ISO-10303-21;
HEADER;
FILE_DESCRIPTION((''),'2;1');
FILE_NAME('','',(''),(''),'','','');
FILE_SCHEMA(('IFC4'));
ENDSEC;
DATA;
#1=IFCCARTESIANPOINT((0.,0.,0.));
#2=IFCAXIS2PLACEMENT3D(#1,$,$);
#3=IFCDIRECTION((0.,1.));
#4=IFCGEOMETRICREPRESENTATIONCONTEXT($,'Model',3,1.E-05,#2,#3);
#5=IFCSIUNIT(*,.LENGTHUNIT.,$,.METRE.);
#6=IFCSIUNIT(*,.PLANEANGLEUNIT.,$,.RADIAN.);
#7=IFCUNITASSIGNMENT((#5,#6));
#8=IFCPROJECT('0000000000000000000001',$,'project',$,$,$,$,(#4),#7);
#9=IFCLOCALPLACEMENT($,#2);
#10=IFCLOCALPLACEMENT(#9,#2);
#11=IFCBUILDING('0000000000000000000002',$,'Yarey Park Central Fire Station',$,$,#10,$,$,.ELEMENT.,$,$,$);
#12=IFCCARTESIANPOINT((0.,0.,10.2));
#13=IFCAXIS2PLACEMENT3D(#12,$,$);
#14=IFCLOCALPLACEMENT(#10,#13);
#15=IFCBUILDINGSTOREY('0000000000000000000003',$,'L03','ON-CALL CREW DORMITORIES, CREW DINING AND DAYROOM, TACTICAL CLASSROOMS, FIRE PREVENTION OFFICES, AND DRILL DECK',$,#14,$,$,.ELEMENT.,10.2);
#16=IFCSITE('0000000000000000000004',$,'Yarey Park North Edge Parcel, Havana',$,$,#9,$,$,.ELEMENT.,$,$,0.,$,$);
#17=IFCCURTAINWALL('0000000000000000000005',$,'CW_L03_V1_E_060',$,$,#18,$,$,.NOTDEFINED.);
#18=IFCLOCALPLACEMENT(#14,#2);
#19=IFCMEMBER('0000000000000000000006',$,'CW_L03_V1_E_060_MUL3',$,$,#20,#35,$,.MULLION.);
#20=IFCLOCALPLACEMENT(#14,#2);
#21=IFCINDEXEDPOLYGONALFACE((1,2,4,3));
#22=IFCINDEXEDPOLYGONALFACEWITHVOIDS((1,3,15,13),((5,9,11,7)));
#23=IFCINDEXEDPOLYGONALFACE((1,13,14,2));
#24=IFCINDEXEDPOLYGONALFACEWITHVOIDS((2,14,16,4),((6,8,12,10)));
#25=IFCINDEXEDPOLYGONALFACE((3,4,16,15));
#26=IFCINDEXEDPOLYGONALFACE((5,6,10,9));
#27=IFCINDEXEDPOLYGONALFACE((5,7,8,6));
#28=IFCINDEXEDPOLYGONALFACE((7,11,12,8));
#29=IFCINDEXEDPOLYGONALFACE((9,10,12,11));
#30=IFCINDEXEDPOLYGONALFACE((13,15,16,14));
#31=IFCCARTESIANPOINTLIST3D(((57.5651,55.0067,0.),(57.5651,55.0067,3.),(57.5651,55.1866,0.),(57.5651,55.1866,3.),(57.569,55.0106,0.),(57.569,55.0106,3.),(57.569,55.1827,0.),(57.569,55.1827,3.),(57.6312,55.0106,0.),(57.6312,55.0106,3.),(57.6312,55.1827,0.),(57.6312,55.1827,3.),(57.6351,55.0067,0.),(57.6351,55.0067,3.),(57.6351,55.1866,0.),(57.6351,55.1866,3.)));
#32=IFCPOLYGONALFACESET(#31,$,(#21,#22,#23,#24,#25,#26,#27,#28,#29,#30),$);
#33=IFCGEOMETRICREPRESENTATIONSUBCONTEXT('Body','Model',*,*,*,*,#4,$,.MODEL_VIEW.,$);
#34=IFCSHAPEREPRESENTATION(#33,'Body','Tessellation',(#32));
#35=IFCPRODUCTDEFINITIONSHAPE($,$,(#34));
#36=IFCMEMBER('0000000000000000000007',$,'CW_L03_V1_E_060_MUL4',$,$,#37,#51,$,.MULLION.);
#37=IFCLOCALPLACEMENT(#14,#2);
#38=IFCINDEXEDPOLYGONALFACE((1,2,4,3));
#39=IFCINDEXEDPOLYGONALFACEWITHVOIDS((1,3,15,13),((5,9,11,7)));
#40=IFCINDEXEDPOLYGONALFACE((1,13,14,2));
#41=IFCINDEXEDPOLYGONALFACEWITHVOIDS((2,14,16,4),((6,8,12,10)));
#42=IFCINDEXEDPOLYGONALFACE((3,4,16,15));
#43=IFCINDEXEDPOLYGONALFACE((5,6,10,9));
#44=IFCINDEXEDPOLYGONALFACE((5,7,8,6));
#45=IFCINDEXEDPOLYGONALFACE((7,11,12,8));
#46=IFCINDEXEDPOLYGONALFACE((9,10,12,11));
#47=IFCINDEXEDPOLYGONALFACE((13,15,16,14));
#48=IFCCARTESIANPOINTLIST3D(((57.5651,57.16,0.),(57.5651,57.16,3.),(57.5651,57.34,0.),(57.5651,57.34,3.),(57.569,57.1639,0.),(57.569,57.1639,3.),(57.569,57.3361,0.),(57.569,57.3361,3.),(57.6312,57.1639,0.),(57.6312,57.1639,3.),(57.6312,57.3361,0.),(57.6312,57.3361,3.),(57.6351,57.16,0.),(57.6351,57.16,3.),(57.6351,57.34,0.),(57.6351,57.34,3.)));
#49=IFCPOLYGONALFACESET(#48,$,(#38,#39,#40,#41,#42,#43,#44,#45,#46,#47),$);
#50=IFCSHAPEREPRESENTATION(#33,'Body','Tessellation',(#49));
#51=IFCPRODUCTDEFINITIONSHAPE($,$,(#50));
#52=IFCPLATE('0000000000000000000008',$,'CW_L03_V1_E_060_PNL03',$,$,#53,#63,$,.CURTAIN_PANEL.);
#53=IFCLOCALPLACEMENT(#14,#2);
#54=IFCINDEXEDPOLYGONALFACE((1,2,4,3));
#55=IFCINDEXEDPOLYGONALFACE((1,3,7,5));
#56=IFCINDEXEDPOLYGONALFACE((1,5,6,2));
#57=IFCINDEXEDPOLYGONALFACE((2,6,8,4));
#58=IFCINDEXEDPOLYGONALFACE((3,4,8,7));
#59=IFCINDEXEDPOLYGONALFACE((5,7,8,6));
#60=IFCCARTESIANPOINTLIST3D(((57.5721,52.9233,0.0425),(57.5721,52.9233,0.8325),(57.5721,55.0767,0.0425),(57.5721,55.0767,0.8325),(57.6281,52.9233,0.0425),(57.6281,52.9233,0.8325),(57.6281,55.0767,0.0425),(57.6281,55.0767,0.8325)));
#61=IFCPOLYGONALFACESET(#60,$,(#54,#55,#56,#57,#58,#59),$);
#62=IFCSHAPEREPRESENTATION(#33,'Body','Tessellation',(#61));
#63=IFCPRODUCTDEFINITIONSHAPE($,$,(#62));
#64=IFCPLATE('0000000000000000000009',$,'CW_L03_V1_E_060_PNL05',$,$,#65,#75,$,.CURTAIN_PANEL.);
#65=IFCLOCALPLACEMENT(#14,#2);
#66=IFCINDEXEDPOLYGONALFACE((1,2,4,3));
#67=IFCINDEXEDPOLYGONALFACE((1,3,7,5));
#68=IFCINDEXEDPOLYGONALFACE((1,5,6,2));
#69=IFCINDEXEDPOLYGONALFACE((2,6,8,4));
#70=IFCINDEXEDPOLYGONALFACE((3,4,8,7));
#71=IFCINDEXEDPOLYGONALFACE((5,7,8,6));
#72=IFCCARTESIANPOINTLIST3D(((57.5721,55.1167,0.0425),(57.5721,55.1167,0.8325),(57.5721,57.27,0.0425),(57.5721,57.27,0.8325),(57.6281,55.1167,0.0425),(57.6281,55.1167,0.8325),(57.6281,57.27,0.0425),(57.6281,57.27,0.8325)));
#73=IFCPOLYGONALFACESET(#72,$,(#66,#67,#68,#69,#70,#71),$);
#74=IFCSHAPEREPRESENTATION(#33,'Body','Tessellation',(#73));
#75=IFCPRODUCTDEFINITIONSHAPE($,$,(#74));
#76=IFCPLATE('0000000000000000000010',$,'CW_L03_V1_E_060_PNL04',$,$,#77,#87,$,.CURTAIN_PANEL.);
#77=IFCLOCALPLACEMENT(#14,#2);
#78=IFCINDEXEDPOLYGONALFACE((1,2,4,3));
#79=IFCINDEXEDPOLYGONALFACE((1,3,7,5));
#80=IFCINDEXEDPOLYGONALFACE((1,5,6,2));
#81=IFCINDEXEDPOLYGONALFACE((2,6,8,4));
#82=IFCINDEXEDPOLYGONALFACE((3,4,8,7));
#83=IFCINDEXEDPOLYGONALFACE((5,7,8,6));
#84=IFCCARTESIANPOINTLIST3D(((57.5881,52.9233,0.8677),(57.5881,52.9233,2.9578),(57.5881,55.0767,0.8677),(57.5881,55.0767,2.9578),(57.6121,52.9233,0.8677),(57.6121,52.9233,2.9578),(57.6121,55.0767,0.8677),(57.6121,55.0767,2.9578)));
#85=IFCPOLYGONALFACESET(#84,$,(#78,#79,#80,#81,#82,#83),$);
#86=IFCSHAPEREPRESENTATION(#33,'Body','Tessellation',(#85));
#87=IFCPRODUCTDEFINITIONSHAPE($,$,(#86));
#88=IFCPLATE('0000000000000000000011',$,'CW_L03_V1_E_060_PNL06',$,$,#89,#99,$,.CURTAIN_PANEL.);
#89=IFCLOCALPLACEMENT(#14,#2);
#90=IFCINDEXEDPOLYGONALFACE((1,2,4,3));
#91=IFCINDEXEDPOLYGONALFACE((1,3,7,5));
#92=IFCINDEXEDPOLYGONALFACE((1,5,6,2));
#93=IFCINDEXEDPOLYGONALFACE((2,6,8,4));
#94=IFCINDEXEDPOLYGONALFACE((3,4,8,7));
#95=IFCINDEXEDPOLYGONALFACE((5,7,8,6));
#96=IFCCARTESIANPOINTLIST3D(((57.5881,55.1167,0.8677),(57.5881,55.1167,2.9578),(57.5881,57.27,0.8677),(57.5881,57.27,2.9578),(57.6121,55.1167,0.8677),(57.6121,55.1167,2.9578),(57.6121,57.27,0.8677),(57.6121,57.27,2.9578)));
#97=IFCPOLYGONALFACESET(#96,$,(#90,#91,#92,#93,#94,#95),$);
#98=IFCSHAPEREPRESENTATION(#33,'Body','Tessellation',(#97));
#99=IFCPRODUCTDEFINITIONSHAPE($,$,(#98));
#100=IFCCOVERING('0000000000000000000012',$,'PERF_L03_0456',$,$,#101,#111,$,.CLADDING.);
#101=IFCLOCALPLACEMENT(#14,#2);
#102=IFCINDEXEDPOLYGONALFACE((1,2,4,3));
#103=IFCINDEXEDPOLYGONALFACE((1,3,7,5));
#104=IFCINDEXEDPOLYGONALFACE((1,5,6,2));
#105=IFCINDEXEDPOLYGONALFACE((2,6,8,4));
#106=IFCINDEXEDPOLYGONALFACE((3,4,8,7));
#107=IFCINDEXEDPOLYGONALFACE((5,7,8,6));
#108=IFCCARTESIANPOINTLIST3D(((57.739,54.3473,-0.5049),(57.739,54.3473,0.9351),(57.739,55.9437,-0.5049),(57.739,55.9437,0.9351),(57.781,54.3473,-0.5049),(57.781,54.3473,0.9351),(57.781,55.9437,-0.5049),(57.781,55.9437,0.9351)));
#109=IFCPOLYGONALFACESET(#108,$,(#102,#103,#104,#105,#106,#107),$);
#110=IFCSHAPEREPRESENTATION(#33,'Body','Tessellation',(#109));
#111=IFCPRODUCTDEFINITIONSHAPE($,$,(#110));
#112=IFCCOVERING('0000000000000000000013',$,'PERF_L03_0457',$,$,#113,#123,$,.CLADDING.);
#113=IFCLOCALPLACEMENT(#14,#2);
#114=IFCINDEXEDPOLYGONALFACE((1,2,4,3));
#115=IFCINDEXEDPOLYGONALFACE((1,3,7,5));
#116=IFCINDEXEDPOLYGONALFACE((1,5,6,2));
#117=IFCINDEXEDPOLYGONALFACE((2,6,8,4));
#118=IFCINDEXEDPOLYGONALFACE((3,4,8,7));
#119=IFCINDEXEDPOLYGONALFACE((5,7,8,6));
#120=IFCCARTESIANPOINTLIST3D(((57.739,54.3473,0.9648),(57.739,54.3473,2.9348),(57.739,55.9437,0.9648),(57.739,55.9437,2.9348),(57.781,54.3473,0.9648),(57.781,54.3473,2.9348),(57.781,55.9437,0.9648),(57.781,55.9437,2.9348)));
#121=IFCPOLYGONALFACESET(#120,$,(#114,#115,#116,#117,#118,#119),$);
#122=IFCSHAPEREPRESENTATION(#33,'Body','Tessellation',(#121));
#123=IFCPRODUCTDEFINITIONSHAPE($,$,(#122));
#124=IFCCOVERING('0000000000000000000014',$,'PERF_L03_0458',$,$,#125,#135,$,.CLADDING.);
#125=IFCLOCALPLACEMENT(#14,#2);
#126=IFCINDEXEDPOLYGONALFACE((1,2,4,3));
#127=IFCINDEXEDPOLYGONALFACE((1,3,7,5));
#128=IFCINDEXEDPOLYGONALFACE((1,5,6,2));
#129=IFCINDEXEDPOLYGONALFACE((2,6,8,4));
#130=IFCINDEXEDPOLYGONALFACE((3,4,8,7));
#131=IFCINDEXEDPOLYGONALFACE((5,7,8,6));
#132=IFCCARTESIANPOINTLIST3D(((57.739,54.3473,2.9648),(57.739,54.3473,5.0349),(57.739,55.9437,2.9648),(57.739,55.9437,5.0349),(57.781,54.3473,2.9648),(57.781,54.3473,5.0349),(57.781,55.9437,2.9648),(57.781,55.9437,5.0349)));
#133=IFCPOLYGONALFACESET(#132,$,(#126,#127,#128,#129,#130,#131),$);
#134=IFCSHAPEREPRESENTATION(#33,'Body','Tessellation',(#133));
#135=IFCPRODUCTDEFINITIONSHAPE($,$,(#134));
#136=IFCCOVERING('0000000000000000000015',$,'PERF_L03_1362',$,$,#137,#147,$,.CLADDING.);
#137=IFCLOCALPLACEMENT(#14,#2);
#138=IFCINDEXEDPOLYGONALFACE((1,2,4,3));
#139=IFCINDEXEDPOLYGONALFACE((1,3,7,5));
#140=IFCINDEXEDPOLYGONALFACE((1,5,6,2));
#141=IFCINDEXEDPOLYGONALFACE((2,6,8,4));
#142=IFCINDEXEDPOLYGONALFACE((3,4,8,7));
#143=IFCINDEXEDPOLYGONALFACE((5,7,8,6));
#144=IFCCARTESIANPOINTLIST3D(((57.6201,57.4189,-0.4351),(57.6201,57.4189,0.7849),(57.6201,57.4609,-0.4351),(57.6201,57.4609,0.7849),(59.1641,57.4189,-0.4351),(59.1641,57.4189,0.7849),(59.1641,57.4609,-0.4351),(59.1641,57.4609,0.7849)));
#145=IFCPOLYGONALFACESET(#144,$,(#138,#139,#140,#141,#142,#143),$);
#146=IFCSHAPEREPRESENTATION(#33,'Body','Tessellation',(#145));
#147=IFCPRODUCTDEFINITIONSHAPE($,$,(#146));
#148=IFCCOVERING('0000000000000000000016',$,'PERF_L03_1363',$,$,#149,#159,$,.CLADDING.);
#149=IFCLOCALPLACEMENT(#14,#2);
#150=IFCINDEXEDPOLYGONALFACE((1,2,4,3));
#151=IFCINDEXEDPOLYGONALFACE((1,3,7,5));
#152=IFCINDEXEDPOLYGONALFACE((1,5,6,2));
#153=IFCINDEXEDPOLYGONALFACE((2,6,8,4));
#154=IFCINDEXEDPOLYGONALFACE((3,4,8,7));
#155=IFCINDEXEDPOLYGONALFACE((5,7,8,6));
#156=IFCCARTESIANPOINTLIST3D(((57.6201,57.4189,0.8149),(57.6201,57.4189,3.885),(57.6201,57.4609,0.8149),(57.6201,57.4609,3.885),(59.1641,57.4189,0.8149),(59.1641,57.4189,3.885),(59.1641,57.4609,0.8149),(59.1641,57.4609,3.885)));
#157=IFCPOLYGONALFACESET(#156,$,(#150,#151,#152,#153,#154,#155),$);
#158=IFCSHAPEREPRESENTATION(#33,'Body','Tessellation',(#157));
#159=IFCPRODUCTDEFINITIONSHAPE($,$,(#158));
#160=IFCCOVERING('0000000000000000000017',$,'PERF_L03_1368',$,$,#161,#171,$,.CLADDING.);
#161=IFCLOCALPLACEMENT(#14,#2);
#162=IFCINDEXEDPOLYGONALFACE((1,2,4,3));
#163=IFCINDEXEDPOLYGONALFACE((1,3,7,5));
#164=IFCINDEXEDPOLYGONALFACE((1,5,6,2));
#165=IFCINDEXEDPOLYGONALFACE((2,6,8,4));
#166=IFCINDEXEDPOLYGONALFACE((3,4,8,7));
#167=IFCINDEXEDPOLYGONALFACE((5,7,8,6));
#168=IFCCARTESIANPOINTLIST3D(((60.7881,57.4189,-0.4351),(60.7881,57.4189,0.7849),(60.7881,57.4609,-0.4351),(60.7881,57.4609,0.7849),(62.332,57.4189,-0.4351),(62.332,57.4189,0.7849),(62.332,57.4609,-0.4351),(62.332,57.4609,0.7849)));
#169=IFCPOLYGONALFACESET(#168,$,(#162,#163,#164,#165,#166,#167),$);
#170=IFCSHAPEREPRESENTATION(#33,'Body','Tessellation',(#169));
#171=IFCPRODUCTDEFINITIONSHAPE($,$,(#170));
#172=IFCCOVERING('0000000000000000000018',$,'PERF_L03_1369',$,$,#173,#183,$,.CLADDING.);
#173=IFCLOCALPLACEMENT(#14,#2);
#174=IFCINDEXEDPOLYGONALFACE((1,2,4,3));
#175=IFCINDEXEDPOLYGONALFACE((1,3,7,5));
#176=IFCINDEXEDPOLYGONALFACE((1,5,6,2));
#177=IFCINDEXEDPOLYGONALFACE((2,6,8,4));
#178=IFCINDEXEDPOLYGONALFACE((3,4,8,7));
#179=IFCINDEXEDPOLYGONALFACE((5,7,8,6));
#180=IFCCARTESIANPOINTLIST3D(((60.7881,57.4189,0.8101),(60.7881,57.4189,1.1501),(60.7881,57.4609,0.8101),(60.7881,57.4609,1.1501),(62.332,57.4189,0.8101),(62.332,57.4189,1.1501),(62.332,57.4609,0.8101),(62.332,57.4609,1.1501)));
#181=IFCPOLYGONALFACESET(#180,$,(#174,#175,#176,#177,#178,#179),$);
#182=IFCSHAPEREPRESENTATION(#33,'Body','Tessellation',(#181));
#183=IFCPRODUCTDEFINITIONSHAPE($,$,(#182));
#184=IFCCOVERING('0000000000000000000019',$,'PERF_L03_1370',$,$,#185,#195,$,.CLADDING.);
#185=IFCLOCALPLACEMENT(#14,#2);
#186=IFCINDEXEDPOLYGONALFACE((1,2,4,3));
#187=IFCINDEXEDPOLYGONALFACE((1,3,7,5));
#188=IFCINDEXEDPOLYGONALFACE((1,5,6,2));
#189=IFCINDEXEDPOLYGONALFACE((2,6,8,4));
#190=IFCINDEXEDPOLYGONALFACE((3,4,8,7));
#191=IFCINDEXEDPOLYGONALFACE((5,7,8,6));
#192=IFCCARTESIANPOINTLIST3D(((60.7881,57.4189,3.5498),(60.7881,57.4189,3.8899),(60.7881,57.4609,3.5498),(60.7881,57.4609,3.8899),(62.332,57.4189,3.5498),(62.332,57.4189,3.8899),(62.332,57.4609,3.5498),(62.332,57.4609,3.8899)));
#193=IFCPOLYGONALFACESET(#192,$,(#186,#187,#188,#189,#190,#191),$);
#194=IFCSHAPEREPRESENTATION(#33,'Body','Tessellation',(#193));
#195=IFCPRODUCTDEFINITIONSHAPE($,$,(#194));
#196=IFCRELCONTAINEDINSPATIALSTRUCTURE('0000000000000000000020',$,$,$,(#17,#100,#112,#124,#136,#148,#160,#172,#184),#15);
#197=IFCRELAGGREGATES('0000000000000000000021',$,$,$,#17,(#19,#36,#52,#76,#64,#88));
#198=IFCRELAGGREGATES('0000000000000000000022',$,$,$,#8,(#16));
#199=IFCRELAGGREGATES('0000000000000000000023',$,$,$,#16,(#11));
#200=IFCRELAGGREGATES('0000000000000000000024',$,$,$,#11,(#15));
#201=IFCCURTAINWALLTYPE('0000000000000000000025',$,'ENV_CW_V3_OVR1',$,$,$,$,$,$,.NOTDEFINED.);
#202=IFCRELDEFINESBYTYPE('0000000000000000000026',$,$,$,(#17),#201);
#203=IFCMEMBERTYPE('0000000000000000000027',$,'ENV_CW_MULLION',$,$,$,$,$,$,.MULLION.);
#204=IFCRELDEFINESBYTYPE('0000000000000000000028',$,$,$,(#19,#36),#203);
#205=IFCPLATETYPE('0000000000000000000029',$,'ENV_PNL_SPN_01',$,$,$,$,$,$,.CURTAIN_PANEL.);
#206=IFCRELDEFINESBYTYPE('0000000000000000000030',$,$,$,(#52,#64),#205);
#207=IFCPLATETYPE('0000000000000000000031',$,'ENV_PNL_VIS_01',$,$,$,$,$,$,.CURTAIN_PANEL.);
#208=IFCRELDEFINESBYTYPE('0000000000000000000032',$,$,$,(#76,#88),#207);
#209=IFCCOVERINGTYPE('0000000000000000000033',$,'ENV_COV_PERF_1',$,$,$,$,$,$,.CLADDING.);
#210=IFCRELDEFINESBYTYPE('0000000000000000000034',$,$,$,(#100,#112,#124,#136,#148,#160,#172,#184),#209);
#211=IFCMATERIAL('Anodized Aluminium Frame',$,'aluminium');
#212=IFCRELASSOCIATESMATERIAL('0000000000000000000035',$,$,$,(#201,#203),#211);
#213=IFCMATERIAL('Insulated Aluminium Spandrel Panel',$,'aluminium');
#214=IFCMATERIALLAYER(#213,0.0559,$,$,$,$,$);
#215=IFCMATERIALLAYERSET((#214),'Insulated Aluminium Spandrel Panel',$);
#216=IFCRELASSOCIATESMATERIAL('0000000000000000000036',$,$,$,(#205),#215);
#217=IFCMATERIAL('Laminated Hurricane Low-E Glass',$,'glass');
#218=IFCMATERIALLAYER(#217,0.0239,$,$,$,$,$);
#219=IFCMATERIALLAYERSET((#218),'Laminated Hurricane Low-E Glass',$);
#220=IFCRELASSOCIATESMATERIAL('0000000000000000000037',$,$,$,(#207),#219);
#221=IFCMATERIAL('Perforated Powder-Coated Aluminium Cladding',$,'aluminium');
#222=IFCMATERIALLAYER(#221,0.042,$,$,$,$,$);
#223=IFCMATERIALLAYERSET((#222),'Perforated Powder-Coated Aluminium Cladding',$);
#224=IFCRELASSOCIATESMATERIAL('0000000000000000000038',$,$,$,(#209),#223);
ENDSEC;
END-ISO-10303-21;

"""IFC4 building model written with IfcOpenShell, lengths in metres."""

from ifc_helpers import new_model, si_unit, direction, frame, origin, origin_2d, place, context, subcontext, project, spatial, rectangle, hollow_rectangle, extrude, material, layer, layer_set, material_profile, profile_set, type_object, element, aggregate, save


model = new_model("IFC4")

# Units and contexts
model_context = context("Model", 3, precision=1e-05, world=origin(), true_north=direction((0.0, 1.0)))
body_context = subcontext(model_context, "Body", "Model", "MODEL_VIEW")
ifc_project = project(units=[si_unit("LENGTHUNIT", "METRE"), si_unit("PLANEANGLEUNIT", "RADIAN")], contexts=[model_context])

# Site, building, storey
site_placement = place(None, origin())
site = spatial("IfcSite", under=ifc_project, at=site_placement, Name="Yarey Park North Edge Parcel, Havana", CompositionType="ELEMENT", RefElevation=0.0)
building_placement = place(site_placement, origin())
building = spatial("IfcBuilding", under=site, at=building_placement, Name="Yarey Park Central Fire Station", CompositionType="ELEMENT")
storey_placement = place(building_placement, frame((0.0, 0.0, 10.2)))
storey = spatial("IfcBuildingStorey", under=building, at=storey_placement, Name="L03", Description="ON-CALL CREW DORMITORIES, CREW DINING AND DAYROOM, TACTICAL CLASSROOMS, FIRE PREVENTION OFFICES, AND DRILL DECK", CompositionType="ELEMENT", Elevation=10.2)

# Curtain wall, members, plates
ifc_material_1 = material(Name="Anodized Aluminium Frame", Category="aluminium")
curtain_wall_type = type_object("IfcCurtainWallType", Name="ENV_CW_V3_OVR1", PredefinedType="NOTDEFINED", material=ifc_material_1)
curtain_wall_placement = place(storey_placement, origin())
curtain_wall = element("IfcCurtainWall", 1, at=curtain_wall_placement, inside=storey, type_object=curtain_wall_type, Name="CW_L03_V1_E_060", PredefinedType="NOTDEFINED")
ifc_material_profile = material_profile(ifc_material_1, hollow_rectangle(XDim=0.0701, YDim=0.1799, WallThickness=0.0039, at=origin_2d()), Name="ALU 180x70x4")
ifc_profile_set = profile_set([ifc_material_profile], Name="Anodized Aluminium Frame")
member_type = type_object("IfcMemberType", Name="ENV_CW_MULLION", PredefinedType="MULLION", material=ifc_profile_set)
member_1_placement = place(storey_placement, frame((57.6001, 55.0967, 0.0), z_axis=(0.0, 0.0, 1.0), x_axis=(1.0, 0.0, 0.0)))
member_1 = element("IfcMember", 2, at=member_1_placement, type_object=member_type, Name="CW_L03_V1_E_060_MUL3", PredefinedType="MULLION", context=body_context, shape_type="SweptSolid", body=[
    extrude(hollow_rectangle(XDim=0.0701, YDim=0.1799, WallThickness=0.0039, at=origin_2d()), origin(), (0.0, 0.0, 1.0), 3.0),
])
member_2_placement = place(storey_placement, frame((57.6001, 57.25, 0.0), z_axis=(0.0, 0.0, 1.0), x_axis=(1.0, 0.0, 0.0)))
member_2 = element("IfcMember", 3, at=member_2_placement, type_object=member_type, Name="CW_L03_V1_E_060_MUL4", PredefinedType="MULLION", context=body_context, shape_type="SweptSolid", body=[
    extrude(hollow_rectangle(XDim=0.0701, YDim=0.1799, WallThickness=0.0039, at=origin_2d()), origin(), (0.0, 0.0, 1.0), 3.0),
])
ifc_material_2 = material(Name="Insulated Aluminium Spandrel Panel", Category="aluminium")
ifc_layer_1 = layer(ifc_material_2, 0.0559)
ifc_layer_set_1 = layer_set([ifc_layer_1], Name="Insulated Aluminium Spandrel Panel")
plate_type_1 = type_object("IfcPlateType", Name="ENV_PNL_SPN_01", PredefinedType="CURTAIN_PANEL", material=ifc_layer_set_1)
plate_1_placement = place(storey_placement, frame((57.6001, 54.0, 0.0425), z_axis=(0.0, 0.0, 1.0), x_axis=(0.0, 1.0, 0.0)))
plate_1 = element("IfcPlate", 4, at=plate_1_placement, type_object=plate_type_1, Name="CW_L03_V1_E_060_PNL03", PredefinedType="CURTAIN_PANEL", context=body_context, shape_type="SweptSolid", body=[
    extrude(rectangle(XDim=2.1533, YDim=0.0559, at=origin_2d()), origin(), (0.0, 0.0, 1.0), 0.79),
])
plate_2_placement = place(storey_placement, frame((57.6001, 56.1934, 0.0425), z_axis=(0.0, 0.0, 1.0), x_axis=(0.0, 1.0, 0.0)))
plate_2 = element("IfcPlate", 5, at=plate_2_placement, type_object=plate_type_1, Name="CW_L03_V1_E_060_PNL05", PredefinedType="CURTAIN_PANEL", context=body_context, shape_type="SweptSolid", body=[
    extrude(rectangle(XDim=2.1533, YDim=0.0559, at=origin_2d()), origin(), (0.0, 0.0, 1.0), 0.79),
])
ifc_material_3 = material(Name="Laminated Hurricane Low-E Glass", Category="glass")
ifc_layer_2 = layer(ifc_material_3, 0.0239)
ifc_layer_set_2 = layer_set([ifc_layer_2], Name="Laminated Hurricane Low-E Glass")
plate_type_2 = type_object("IfcPlateType", Name="ENV_PNL_VIS_01", PredefinedType="CURTAIN_PANEL", material=ifc_layer_set_2)
plate_3_placement = place(storey_placement, frame((57.6001, 54.0, 0.8677), z_axis=(0.0, 0.0, 1.0), x_axis=(0.0, 1.0, 0.0)))
plate_3 = element("IfcPlate", 6, at=plate_3_placement, type_object=plate_type_2, Name="CW_L03_V1_E_060_PNL04", PredefinedType="CURTAIN_PANEL", context=body_context, shape_type="SweptSolid", body=[
    extrude(rectangle(XDim=2.1533, YDim=0.0239, at=origin_2d()), origin(), (0.0, 0.0, 1.0), 2.0901),
])
plate_4_placement = place(storey_placement, frame((57.6001, 56.1934, 0.8677), z_axis=(0.0, 0.0, 1.0), x_axis=(0.0, 1.0, 0.0)))
plate_4 = element("IfcPlate", 7, at=plate_4_placement, type_object=plate_type_2, Name="CW_L03_V1_E_060_PNL06", PredefinedType="CURTAIN_PANEL", context=body_context, shape_type="SweptSolid", body=[
    extrude(rectangle(XDim=2.1533, YDim=0.0239, at=origin_2d()), origin(), (0.0, 0.0, 1.0), 2.0901),
])
aggregate(curtain_wall, [member_1, member_2, plate_1, plate_3, plate_2, plate_4])

# Coverings
ifc_material_4 = material(Name="Perforated Powder-Coated Aluminium Cladding", Category="aluminium")
ifc_layer_3 = layer(ifc_material_4, 0.042)
ifc_layer_set_3 = layer_set([ifc_layer_3], Name="Perforated Powder-Coated Aluminium Cladding")
covering_type_1 = type_object("IfcCoveringType", Name="ENV_COV_PERF_1", PredefinedType="CLADDING", material=ifc_layer_set_3)
covering_1_placement = place(storey_placement, frame((57.76, 55.1455, -0.5049), z_axis=(0.0, 0.0, 1.0), x_axis=(0.0, 1.0, 0.0)))
element("IfcCovering", 8, at=covering_1_placement, inside=storey, type_object=covering_type_1, Name="PERF_L03_0456", PredefinedType="CLADDING", context=body_context, shape_type="SweptSolid", body=[
    extrude(rectangle(XDim=1.5964, YDim=0.042, at=origin_2d()), origin(), (0.0, 0.0, 1.0), 1.4399),
])
covering_2_placement = place(storey_placement, frame((57.76, 55.1455, 0.9648), z_axis=(0.0, 0.0, 1.0), x_axis=(0.0, 1.0, 0.0)))
element("IfcCovering", 9, at=covering_2_placement, inside=storey, type_object=covering_type_1, Name="PERF_L03_0457", PredefinedType="CLADDING", context=body_context, shape_type="SweptSolid", body=[
    extrude(rectangle(XDim=1.5964, YDim=0.042, at=origin_2d()), origin(), (0.0, 0.0, 1.0), 1.97),
])
covering_3_placement = place(storey_placement, frame((57.76, 55.1455, 2.9648), z_axis=(0.0, 0.0, 1.0), x_axis=(0.0, 1.0, 0.0)))
element("IfcCovering", 10, at=covering_3_placement, inside=storey, type_object=covering_type_1, Name="PERF_L03_0458", PredefinedType="CLADDING", context=body_context, shape_type="SweptSolid", body=[
    extrude(rectangle(XDim=1.5964, YDim=0.042, at=origin_2d()), origin(), (0.0, 0.0, 1.0), 2.0701),
])
covering_4_placement = place(storey_placement, frame((58.3921, 57.4399, -0.4351), z_axis=(0.0, 0.0, 1.0), x_axis=(1.0, 0.0, 0.0)))
element("IfcCovering", 11, at=covering_4_placement, inside=storey, type_object=covering_type_1, Name="PERF_L03_1362", PredefinedType="CLADDING", context=body_context, shape_type="SweptSolid", body=[
    extrude(rectangle(XDim=1.5439, YDim=0.042, at=origin_2d()), origin(), (0.0, 0.0, 1.0), 1.22),
])
covering_5_placement = place(storey_placement, frame((58.3921, 57.4399, 0.8149), z_axis=(0.0, 0.0, 1.0), x_axis=(1.0, 0.0, 0.0)))
element("IfcCovering", 12, at=covering_5_placement, inside=storey, type_object=covering_type_1, Name="PERF_L03_1363", PredefinedType="CLADDING", context=body_context, shape_type="SweptSolid", body=[
    extrude(rectangle(XDim=1.5439, YDim=0.042, at=origin_2d()), origin(), (0.0, 0.0, 1.0), 3.0701),
])
covering_6_placement = place(storey_placement, frame((61.5601, 57.4399, -0.4351), z_axis=(0.0, 0.0, 1.0), x_axis=(1.0, 0.0, 0.0)))
element("IfcCovering", 13, at=covering_6_placement, inside=storey, type_object=covering_type_1, Name="PERF_L03_1368", PredefinedType="CLADDING", context=body_context, shape_type="SweptSolid", body=[
    extrude(rectangle(XDim=1.5439, YDim=0.042, at=origin_2d()), origin(), (0.0, 0.0, 1.0), 1.22),
])
for number, where, z_axis, x_axis, name in (
    (14, (61.5601, 57.4399, 0.8101), (0.0, 0.0, 1.0), (1.0, 0.0, 0.0), "PERF_L03_1369"),
    (15, (61.5601, 57.4399, 3.5498), (0.0, 0.0, 1.0), (1.0, 0.0, 0.0), "PERF_L03_1370"),
):
    element("IfcCovering", number, at=place(storey_placement, frame(where, z_axis=z_axis, x_axis=x_axis)), inside=storey, type_object=covering_type_1, Name=name, PredefinedType="CLADDING", context=body_context, shape_type="SweptSolid", body=[
        extrude(rectangle(XDim=1.5439, YDim=0.042, at=origin_2d()), origin(), (0.0, 0.0, 1.0), 0.3401),
    ])

save(model, "model.ifc")
